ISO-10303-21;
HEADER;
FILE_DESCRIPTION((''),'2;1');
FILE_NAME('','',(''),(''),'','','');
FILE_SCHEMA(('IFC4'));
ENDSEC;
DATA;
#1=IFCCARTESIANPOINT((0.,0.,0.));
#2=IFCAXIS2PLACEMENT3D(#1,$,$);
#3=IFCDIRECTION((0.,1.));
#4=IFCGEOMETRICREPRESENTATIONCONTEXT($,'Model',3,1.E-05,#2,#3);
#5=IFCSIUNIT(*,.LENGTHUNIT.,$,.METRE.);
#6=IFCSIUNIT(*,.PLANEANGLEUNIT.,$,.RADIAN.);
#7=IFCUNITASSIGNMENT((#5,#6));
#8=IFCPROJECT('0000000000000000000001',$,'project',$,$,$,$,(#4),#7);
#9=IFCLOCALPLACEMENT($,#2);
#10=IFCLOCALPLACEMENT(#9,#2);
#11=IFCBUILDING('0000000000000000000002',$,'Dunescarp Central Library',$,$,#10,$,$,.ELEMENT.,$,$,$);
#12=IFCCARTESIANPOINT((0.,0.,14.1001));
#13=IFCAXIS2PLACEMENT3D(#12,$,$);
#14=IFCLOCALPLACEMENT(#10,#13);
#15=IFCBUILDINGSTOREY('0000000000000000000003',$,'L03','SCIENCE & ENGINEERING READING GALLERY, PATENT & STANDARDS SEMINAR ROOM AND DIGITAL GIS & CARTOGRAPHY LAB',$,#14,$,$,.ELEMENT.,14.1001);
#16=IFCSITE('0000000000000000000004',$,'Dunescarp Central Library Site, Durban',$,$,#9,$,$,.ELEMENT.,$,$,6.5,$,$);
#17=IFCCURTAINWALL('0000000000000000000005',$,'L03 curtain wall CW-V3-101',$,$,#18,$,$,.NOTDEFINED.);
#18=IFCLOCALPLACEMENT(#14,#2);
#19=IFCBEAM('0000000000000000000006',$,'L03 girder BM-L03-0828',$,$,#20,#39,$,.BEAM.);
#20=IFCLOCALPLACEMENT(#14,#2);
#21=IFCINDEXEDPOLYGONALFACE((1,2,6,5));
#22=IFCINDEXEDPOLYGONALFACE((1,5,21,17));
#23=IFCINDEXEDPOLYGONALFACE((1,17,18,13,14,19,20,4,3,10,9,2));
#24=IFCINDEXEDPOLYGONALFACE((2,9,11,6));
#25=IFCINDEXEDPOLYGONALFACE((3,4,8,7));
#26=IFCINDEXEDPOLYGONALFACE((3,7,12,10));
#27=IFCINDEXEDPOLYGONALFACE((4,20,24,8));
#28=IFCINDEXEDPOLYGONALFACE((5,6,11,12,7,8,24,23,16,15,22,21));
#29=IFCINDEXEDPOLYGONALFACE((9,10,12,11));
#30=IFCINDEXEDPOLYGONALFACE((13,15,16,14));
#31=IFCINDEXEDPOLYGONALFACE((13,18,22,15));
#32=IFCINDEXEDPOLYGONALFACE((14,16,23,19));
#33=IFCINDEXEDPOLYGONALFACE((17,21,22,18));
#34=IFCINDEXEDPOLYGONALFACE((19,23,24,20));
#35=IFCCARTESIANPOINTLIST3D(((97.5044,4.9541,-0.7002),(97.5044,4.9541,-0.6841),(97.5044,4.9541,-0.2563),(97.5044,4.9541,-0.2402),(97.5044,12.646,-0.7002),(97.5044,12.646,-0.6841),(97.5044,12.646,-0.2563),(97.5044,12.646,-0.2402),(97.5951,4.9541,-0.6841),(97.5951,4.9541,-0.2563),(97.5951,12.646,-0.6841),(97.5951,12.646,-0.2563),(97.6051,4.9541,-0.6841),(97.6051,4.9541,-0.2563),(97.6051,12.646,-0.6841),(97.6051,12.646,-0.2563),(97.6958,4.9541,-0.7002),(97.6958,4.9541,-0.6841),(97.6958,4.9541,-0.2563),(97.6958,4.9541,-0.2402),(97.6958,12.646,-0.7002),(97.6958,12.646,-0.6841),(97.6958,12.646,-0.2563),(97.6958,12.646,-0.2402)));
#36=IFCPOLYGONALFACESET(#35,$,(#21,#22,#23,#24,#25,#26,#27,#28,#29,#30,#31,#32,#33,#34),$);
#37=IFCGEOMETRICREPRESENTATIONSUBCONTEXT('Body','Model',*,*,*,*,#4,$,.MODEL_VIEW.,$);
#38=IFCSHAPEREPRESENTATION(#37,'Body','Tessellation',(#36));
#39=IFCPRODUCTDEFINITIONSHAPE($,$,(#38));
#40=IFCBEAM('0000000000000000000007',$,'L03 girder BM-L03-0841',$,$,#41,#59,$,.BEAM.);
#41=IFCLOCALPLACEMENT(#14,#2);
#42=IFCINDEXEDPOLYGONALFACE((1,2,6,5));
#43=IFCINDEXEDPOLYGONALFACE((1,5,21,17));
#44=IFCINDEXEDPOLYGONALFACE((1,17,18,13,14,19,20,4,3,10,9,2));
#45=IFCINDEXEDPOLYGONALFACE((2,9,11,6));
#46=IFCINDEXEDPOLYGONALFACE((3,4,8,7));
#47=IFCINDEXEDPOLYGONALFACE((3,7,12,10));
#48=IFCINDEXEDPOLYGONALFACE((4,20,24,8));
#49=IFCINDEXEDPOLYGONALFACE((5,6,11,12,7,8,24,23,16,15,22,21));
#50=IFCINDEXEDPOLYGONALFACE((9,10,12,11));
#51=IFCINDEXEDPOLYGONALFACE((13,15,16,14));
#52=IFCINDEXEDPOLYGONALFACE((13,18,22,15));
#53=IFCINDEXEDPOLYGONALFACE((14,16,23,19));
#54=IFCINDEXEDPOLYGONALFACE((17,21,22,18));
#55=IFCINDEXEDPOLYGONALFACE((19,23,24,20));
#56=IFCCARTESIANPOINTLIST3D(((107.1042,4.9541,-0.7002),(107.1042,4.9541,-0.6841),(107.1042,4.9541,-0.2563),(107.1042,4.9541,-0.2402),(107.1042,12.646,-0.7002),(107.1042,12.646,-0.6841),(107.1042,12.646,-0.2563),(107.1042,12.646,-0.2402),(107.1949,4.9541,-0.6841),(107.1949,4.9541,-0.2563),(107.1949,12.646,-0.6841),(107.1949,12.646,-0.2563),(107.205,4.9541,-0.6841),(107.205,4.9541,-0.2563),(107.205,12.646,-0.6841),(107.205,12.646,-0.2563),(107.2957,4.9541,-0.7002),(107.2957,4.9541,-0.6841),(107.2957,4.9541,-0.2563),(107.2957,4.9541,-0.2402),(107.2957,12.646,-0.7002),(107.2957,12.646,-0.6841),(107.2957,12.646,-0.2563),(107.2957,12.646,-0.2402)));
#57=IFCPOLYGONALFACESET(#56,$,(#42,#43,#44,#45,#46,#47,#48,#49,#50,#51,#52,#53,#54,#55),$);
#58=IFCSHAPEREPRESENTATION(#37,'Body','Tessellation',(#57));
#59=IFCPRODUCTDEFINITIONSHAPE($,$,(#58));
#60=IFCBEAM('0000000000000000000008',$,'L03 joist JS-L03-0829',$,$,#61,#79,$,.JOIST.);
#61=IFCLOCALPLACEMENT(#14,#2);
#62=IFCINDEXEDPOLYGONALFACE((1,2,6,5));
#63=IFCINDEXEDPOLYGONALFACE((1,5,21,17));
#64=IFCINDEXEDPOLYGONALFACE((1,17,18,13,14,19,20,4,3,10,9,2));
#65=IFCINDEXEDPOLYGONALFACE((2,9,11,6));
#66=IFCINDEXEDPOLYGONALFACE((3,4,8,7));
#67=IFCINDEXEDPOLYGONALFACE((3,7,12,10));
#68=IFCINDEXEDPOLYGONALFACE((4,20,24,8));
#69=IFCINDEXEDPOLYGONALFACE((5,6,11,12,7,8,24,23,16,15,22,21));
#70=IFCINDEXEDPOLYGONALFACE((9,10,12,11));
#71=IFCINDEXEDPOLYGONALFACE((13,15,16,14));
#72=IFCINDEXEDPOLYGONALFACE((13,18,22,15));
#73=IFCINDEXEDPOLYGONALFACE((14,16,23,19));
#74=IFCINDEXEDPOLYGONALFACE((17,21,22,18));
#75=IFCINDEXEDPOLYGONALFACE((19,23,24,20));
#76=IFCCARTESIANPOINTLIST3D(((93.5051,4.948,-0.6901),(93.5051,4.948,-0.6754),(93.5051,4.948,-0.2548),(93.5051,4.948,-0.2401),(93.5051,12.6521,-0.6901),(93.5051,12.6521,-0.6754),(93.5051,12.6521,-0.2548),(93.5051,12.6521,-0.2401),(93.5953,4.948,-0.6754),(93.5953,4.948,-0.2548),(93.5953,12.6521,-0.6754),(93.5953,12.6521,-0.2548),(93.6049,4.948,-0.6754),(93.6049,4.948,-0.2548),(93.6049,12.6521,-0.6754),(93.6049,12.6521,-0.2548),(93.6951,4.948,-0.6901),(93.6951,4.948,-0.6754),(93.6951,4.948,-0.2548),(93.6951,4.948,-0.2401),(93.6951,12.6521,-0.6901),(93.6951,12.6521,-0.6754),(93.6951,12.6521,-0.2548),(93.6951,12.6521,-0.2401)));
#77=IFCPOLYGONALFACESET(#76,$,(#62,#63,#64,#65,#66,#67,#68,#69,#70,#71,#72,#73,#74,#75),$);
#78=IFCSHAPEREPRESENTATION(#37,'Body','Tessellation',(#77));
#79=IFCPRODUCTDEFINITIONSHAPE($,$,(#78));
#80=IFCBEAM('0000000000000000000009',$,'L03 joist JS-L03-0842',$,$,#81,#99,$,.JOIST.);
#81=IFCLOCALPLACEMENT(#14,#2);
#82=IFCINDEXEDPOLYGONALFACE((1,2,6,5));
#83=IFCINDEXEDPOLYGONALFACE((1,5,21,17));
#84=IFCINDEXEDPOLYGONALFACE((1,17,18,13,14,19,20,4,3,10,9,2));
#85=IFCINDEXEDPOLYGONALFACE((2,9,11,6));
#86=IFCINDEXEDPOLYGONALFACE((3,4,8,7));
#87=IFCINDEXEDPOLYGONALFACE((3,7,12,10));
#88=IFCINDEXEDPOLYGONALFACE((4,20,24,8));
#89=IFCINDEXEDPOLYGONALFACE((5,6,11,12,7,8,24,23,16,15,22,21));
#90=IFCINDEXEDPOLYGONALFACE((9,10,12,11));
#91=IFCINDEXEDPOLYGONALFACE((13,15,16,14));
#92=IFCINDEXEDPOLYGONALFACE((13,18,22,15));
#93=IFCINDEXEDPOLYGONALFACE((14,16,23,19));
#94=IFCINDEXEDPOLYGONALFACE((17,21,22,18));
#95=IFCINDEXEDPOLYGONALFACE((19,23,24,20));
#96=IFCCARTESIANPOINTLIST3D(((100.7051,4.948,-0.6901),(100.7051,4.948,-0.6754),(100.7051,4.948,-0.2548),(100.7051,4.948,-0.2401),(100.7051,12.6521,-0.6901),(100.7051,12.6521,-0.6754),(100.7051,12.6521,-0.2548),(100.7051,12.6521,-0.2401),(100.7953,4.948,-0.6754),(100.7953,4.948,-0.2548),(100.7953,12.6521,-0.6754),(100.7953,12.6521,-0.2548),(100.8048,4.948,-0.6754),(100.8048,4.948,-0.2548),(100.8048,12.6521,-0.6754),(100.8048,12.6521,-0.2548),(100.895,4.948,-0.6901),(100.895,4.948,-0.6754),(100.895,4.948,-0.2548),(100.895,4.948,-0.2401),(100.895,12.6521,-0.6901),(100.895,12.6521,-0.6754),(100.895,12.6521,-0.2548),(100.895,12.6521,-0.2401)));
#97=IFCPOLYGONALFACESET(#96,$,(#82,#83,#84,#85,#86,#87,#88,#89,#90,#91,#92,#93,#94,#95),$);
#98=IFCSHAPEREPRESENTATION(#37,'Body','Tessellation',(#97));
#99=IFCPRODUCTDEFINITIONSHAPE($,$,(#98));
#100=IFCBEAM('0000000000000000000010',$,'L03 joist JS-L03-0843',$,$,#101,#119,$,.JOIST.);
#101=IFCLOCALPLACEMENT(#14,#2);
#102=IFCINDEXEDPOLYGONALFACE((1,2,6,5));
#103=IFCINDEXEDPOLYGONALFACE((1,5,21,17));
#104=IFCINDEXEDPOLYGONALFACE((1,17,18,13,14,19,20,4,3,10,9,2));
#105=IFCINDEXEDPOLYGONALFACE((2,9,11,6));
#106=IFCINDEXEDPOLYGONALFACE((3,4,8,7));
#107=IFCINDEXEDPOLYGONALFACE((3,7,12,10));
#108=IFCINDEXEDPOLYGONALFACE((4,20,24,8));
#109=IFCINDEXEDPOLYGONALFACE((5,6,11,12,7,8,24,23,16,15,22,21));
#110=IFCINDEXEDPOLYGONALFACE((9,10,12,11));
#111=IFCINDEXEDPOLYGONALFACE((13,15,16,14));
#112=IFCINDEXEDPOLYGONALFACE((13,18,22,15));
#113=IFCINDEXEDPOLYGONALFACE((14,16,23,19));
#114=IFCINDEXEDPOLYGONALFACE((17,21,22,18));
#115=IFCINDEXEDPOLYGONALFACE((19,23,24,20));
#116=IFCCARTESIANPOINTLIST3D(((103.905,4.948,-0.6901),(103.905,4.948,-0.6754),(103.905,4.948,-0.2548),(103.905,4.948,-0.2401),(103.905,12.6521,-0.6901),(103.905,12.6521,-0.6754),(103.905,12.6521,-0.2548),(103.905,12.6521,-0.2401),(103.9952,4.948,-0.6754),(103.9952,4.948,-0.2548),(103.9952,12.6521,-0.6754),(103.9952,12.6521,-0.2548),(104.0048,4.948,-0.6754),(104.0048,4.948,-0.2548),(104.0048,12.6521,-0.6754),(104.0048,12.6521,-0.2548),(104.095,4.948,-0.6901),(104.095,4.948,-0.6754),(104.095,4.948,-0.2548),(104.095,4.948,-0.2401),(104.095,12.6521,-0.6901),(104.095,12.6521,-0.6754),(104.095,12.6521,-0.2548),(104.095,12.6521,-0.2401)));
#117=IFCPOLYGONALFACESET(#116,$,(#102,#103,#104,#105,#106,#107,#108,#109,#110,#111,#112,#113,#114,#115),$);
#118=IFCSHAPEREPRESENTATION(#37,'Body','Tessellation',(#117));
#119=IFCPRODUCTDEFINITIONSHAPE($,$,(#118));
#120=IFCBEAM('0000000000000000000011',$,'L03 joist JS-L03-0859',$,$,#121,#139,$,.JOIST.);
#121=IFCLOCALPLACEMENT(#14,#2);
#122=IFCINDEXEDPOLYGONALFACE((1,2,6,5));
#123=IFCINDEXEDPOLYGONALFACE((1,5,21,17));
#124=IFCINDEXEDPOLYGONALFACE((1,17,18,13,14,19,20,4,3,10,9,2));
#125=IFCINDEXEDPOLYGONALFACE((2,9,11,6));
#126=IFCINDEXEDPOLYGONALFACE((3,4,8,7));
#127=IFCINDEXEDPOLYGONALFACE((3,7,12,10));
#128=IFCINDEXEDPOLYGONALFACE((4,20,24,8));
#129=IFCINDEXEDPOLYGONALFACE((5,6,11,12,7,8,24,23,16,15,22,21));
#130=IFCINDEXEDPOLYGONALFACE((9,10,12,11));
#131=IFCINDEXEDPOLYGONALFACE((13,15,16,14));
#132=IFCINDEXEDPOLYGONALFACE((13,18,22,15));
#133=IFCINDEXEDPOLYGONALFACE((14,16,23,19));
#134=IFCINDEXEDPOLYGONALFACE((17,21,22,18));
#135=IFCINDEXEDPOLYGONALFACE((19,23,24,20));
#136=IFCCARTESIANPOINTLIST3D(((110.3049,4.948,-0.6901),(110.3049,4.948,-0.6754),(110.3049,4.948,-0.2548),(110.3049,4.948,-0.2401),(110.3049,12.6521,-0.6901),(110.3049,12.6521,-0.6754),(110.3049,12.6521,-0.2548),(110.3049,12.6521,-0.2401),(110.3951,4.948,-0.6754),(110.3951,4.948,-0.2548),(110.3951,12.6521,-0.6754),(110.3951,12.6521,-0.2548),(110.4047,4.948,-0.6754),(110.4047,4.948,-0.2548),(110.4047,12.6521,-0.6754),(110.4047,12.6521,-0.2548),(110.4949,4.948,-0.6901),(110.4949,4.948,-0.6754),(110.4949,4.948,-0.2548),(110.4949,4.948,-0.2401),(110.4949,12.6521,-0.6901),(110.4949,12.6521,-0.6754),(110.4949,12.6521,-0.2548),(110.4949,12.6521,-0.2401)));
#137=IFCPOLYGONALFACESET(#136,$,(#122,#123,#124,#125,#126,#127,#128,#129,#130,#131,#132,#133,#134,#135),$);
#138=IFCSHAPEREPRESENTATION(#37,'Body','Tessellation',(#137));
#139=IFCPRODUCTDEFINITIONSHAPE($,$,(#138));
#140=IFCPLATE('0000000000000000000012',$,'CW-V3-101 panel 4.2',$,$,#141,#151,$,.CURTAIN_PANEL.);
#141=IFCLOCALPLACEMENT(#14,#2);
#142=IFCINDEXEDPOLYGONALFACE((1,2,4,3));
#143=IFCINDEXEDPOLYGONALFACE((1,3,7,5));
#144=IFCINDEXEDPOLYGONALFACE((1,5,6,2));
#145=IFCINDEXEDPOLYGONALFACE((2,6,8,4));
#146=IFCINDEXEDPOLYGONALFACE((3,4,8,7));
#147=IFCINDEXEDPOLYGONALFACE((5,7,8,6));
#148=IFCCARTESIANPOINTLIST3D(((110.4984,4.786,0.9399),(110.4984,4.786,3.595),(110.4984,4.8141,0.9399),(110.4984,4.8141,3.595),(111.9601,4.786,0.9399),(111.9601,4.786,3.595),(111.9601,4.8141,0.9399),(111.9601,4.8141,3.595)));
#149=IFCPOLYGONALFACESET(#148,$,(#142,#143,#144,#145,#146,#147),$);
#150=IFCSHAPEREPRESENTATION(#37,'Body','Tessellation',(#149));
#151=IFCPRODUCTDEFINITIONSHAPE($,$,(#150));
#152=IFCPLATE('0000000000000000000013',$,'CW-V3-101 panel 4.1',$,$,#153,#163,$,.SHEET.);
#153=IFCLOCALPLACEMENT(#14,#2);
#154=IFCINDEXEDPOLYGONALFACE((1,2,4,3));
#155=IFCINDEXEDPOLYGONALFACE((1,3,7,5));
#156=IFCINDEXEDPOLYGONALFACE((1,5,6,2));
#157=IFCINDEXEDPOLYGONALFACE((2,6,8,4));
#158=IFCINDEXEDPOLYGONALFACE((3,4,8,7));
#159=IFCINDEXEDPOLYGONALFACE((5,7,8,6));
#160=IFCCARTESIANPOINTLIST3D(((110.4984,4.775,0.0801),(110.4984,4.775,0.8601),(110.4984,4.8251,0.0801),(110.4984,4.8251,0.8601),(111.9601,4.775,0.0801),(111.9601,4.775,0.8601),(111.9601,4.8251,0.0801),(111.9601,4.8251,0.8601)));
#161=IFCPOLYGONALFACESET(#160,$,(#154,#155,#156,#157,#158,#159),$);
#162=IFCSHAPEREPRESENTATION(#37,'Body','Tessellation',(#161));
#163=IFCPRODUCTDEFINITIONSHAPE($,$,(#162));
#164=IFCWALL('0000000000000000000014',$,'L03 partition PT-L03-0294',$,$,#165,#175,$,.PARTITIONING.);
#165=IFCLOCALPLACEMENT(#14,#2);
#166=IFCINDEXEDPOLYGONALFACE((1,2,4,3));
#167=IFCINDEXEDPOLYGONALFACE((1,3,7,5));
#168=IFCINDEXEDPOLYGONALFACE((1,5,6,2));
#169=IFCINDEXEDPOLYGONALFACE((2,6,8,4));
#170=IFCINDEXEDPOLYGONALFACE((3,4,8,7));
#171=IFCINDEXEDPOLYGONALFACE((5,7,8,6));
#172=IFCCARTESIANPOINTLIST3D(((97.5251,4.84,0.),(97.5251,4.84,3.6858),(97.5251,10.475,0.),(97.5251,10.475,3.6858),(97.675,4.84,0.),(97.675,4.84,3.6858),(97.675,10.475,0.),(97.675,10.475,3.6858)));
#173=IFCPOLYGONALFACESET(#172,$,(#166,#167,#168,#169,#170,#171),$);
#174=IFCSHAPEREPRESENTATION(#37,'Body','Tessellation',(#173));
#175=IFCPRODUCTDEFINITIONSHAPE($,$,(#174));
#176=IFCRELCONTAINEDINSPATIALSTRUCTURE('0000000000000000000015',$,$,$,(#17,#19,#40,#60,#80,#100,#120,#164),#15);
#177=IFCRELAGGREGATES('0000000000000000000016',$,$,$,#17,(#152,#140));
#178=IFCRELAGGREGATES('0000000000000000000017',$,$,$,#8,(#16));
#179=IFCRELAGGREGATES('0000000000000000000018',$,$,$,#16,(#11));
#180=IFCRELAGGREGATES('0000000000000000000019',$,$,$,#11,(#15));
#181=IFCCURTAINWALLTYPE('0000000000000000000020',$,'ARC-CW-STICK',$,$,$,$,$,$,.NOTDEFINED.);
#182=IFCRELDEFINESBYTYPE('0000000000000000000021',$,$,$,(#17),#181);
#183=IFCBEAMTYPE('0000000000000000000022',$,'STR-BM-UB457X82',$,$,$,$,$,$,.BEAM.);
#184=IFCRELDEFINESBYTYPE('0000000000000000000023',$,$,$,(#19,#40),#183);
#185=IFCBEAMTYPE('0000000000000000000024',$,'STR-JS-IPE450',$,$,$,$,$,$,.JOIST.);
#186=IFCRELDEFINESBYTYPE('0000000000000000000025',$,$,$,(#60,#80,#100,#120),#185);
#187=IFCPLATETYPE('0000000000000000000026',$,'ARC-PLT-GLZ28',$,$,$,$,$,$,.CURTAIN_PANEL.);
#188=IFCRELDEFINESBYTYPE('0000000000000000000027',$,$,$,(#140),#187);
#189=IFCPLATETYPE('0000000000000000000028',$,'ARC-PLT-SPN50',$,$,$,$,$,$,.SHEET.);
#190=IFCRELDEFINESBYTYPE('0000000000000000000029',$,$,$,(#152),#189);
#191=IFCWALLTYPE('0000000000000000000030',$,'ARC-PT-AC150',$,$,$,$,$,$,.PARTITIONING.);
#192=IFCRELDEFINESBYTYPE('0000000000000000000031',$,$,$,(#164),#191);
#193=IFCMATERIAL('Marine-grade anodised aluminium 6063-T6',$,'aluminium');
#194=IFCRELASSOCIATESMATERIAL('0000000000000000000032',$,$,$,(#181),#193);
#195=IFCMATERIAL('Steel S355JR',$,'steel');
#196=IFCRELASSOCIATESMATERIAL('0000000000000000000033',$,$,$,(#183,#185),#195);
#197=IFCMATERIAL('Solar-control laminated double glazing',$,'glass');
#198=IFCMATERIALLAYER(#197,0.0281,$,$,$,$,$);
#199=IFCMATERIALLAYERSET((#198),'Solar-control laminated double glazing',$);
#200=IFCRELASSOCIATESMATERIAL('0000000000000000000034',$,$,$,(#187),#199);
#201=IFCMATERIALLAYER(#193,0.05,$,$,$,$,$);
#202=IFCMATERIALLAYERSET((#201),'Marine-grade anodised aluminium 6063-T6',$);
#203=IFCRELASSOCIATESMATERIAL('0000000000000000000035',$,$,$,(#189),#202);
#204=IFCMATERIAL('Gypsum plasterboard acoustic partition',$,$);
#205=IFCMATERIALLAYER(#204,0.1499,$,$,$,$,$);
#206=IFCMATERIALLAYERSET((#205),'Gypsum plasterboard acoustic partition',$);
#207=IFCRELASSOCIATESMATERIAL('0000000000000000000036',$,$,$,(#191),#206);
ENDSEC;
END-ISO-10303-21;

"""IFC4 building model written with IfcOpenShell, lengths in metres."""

from ifc_helpers import new_model, si_unit, direction, frame, frame_2d, origin, origin_2d, place, context, subcontext, project, spatial, rectangle, i_section, extrude, material, layer, layer_set, material_profile, profile_set, type_object, element, aggregate, save


model = new_model("IFC4")

# Units and contexts
model_context = context("Model", 3, precision=1e-05, world=origin(), true_north=direction((0.0, 1.0)))
body_context = subcontext(model_context, "Body", "Model", "MODEL_VIEW")
ifc_project = project(units=[si_unit("LENGTHUNIT", "METRE"), si_unit("PLANEANGLEUNIT", "RADIAN")], contexts=[model_context])

# Site, building, storey
site_placement = place(None, origin())
site = spatial("IfcSite", under=ifc_project, at=site_placement, Name="Dunescarp Central Library Site, Durban", CompositionType="ELEMENT", RefElevation=6.5)
building_placement = place(site_placement, origin())
building = spatial("IfcBuilding", under=site, at=building_placement, Name="Dunescarp Central Library", CompositionType="ELEMENT")
storey_placement = place(building_placement, frame((0.0, 0.0, 14.1001)))
storey = spatial("IfcBuildingStorey", under=building, at=storey_placement, Name="L03", Description="SCIENCE & ENGINEERING READING GALLERY, PATENT & STANDARDS SEMINAR ROOM AND DIGITAL GIS & CARTOGRAPHY LAB", CompositionType="ELEMENT", Elevation=14.1001)

# Shared definitions
ifc_material_1 = material(Name="Steel S355JR", Category="steel")

# Curtain wall
ifc_material_2 = material(Name="Marine-grade anodised aluminium 6063-T6", Category="aluminium")
curtain_wall_type = type_object("IfcCurtainWallType", Name="ARC-CW-STICK", PredefinedType="NOTDEFINED", material=ifc_material_2)
curtain_wall_placement = place(storey_placement, origin())
curtain_wall = element("IfcCurtainWall", 1, at=curtain_wall_placement, inside=storey, type_object=curtain_wall_type, Name="L03 curtain wall CW-V3-101", PredefinedType="NOTDEFINED")

# Beams
ifc_material_profile_1 = material_profile(ifc_material_1, i_section(OverallWidth=0.1914, OverallDepth=0.46, WebThickness=0.01, FlangeThickness=0.0161, at=origin_2d()), Name="UB 457x191x82")
ifc_profile_set_1 = profile_set([ifc_material_profile_1], Name="Steel S355JR")
beam_type_1 = type_object("IfcBeamType", Name="STR-BM-UB457X82", PredefinedType="BEAM", material=ifc_profile_set_1)
for number, where, z_axis, x_axis, name in (
    (2, (97.6001, 4.9541, -0.4702), (0.0, 1.0, 0.0), (-1.0, 0.0, 0.0), "L03 girder BM-L03-0828"),
    (3, (107.2, 4.9541, -0.4702), (0.0, 1.0, 0.0), (-1.0, 0.0, 0.0), "L03 girder BM-L03-0841"),
):
    element("IfcBeam", number, at=place(storey_placement, frame(where, z_axis=z_axis, x_axis=x_axis)), inside=storey, type_object=beam_type_1, Name=name, PredefinedType="BEAM", context=body_context, shape_type="SweptSolid", body=[
        extrude(i_section(OverallWidth=0.1914, OverallDepth=0.46, WebThickness=0.01, FlangeThickness=0.0161, at=origin_2d()), origin(), (0.0, 0.0, 1.0), 7.6919),
    ])
ifc_material_profile_2 = material_profile(ifc_material_1, i_section(OverallWidth=0.1899, OverallDepth=0.45, WebThickness=0.0095, FlangeThickness=0.0146, at=origin_2d()), Name="IPE 450")
ifc_profile_set_2 = profile_set([ifc_material_profile_2], Name="Steel S355JR")
beam_type_2 = type_object("IfcBeamType", Name="STR-JS-IPE450", PredefinedType="JOIST", material=ifc_profile_set_2)
for number, where, z_axis, x_axis, name in (
    (4, (93.6001, 4.948, -0.4651), (0.0, 1.0, 0.0), (-1.0, 0.0, 0.0), "L03 joist JS-L03-0829"),
    (5, (100.8, 4.948, -0.4651), (0.0, 1.0, 0.0), (-1.0, 0.0, 0.0), "L03 joist JS-L03-0842"),
    (6, (104.0, 4.948, -0.4651), (0.0, 1.0, 0.0), (-1.0, 0.0, 0.0), "L03 joist JS-L03-0843"),
    (7, (110.3999, 4.948, -0.4651), (0.0, 1.0, 0.0), (-1.0, 0.0, 0.0), "L03 joist JS-L03-0859"),
):
    element("IfcBeam", number, at=place(storey_placement, frame(where, z_axis=z_axis, x_axis=x_axis)), inside=storey, type_object=beam_type_2, Name=name, PredefinedType="JOIST", context=body_context, shape_type="SweptSolid", body=[
        extrude(i_section(OverallWidth=0.1899, OverallDepth=0.45, WebThickness=0.0095, FlangeThickness=0.0146, at=origin_2d()), origin(), (0.0, 0.0, 1.0), 7.7041),
    ])

# Plates
ifc_material_3 = material(Name="Solar-control laminated double glazing", Category="glass")
ifc_layer_1 = layer(ifc_material_3, 0.0281)
ifc_layer_set_1 = layer_set([ifc_layer_1], Name="Solar-control laminated double glazing")
plate_type_1 = type_object("IfcPlateType", Name="ARC-PLT-GLZ28", PredefinedType="CURTAIN_PANEL", material=ifc_layer_set_1)
plate_1_placement = place(storey_placement, frame((111.2292, 4.8, 0.9399), z_axis=(0.0, 0.0, 1.0), x_axis=(-1.0, 0.0, 0.0)))
plate_1 = element("IfcPlate", 8, at=plate_1_placement, type_object=plate_type_1, Name="CW-V3-101 panel 4.2", PredefinedType="CURTAIN_PANEL", context=body_context, shape_type="SweptSolid", body=[
    extrude(rectangle(XDim=1.4617, YDim=0.0281, at=origin_2d()), origin(), (0.0, 0.0, 1.0), 2.655),
])
ifc_layer_2 = layer(ifc_material_2, 0.05)
ifc_layer_set_2 = layer_set([ifc_layer_2], Name="Marine-grade anodised aluminium 6063-T6")
plate_type_2 = type_object("IfcPlateType", Name="ARC-PLT-SPN50", PredefinedType="SHEET", material=ifc_layer_set_2)
plate_2_placement = place(storey_placement, frame((111.2292, 4.8, 0.0801), z_axis=(0.0, 0.0, 1.0), x_axis=(-1.0, 0.0, 0.0)))
plate_2 = element("IfcPlate", 9, at=plate_2_placement, type_object=plate_type_2, Name="CW-V3-101 panel 4.1", PredefinedType="SHEET", context=body_context, shape_type="SweptSolid", body=[
    extrude(rectangle(XDim=1.4617, YDim=0.05, at=origin_2d()), origin(), (0.0, 0.0, 1.0), 0.78),
])
aggregate(curtain_wall, [plate_2, plate_1])

# Wall
ifc_material_4 = material(Name="Gypsum plasterboard acoustic partition")
ifc_layer_3 = layer(ifc_material_4, 0.1499)
ifc_layer_set_3 = layer_set([ifc_layer_3], Name="Gypsum plasterboard acoustic partition")
wall_type_1 = type_object("IfcWallType", Name="ARC-PT-AC150", PredefinedType="PARTITIONING", material=ifc_layer_set_3)
wall_1_placement = place(storey_placement, frame((97.6001, 4.8401, 0.0), z_axis=(0.0, 0.0, 1.0), x_axis=(0.0, 1.0, 0.0)))
element("IfcWall", 10, at=wall_1_placement, inside=storey, type_object=wall_type_1, Name="L03 partition PT-L03-0294", PredefinedType="PARTITIONING", context=body_context, shape_type="SweptSolid", body=[
    extrude(rectangle(XDim=5.635, YDim=0.1499, at=frame_2d((2.8174, 0.0))), origin(), (0.0, 0.0, 1.0), 3.6858),
])

save(model, "model.ifc")
